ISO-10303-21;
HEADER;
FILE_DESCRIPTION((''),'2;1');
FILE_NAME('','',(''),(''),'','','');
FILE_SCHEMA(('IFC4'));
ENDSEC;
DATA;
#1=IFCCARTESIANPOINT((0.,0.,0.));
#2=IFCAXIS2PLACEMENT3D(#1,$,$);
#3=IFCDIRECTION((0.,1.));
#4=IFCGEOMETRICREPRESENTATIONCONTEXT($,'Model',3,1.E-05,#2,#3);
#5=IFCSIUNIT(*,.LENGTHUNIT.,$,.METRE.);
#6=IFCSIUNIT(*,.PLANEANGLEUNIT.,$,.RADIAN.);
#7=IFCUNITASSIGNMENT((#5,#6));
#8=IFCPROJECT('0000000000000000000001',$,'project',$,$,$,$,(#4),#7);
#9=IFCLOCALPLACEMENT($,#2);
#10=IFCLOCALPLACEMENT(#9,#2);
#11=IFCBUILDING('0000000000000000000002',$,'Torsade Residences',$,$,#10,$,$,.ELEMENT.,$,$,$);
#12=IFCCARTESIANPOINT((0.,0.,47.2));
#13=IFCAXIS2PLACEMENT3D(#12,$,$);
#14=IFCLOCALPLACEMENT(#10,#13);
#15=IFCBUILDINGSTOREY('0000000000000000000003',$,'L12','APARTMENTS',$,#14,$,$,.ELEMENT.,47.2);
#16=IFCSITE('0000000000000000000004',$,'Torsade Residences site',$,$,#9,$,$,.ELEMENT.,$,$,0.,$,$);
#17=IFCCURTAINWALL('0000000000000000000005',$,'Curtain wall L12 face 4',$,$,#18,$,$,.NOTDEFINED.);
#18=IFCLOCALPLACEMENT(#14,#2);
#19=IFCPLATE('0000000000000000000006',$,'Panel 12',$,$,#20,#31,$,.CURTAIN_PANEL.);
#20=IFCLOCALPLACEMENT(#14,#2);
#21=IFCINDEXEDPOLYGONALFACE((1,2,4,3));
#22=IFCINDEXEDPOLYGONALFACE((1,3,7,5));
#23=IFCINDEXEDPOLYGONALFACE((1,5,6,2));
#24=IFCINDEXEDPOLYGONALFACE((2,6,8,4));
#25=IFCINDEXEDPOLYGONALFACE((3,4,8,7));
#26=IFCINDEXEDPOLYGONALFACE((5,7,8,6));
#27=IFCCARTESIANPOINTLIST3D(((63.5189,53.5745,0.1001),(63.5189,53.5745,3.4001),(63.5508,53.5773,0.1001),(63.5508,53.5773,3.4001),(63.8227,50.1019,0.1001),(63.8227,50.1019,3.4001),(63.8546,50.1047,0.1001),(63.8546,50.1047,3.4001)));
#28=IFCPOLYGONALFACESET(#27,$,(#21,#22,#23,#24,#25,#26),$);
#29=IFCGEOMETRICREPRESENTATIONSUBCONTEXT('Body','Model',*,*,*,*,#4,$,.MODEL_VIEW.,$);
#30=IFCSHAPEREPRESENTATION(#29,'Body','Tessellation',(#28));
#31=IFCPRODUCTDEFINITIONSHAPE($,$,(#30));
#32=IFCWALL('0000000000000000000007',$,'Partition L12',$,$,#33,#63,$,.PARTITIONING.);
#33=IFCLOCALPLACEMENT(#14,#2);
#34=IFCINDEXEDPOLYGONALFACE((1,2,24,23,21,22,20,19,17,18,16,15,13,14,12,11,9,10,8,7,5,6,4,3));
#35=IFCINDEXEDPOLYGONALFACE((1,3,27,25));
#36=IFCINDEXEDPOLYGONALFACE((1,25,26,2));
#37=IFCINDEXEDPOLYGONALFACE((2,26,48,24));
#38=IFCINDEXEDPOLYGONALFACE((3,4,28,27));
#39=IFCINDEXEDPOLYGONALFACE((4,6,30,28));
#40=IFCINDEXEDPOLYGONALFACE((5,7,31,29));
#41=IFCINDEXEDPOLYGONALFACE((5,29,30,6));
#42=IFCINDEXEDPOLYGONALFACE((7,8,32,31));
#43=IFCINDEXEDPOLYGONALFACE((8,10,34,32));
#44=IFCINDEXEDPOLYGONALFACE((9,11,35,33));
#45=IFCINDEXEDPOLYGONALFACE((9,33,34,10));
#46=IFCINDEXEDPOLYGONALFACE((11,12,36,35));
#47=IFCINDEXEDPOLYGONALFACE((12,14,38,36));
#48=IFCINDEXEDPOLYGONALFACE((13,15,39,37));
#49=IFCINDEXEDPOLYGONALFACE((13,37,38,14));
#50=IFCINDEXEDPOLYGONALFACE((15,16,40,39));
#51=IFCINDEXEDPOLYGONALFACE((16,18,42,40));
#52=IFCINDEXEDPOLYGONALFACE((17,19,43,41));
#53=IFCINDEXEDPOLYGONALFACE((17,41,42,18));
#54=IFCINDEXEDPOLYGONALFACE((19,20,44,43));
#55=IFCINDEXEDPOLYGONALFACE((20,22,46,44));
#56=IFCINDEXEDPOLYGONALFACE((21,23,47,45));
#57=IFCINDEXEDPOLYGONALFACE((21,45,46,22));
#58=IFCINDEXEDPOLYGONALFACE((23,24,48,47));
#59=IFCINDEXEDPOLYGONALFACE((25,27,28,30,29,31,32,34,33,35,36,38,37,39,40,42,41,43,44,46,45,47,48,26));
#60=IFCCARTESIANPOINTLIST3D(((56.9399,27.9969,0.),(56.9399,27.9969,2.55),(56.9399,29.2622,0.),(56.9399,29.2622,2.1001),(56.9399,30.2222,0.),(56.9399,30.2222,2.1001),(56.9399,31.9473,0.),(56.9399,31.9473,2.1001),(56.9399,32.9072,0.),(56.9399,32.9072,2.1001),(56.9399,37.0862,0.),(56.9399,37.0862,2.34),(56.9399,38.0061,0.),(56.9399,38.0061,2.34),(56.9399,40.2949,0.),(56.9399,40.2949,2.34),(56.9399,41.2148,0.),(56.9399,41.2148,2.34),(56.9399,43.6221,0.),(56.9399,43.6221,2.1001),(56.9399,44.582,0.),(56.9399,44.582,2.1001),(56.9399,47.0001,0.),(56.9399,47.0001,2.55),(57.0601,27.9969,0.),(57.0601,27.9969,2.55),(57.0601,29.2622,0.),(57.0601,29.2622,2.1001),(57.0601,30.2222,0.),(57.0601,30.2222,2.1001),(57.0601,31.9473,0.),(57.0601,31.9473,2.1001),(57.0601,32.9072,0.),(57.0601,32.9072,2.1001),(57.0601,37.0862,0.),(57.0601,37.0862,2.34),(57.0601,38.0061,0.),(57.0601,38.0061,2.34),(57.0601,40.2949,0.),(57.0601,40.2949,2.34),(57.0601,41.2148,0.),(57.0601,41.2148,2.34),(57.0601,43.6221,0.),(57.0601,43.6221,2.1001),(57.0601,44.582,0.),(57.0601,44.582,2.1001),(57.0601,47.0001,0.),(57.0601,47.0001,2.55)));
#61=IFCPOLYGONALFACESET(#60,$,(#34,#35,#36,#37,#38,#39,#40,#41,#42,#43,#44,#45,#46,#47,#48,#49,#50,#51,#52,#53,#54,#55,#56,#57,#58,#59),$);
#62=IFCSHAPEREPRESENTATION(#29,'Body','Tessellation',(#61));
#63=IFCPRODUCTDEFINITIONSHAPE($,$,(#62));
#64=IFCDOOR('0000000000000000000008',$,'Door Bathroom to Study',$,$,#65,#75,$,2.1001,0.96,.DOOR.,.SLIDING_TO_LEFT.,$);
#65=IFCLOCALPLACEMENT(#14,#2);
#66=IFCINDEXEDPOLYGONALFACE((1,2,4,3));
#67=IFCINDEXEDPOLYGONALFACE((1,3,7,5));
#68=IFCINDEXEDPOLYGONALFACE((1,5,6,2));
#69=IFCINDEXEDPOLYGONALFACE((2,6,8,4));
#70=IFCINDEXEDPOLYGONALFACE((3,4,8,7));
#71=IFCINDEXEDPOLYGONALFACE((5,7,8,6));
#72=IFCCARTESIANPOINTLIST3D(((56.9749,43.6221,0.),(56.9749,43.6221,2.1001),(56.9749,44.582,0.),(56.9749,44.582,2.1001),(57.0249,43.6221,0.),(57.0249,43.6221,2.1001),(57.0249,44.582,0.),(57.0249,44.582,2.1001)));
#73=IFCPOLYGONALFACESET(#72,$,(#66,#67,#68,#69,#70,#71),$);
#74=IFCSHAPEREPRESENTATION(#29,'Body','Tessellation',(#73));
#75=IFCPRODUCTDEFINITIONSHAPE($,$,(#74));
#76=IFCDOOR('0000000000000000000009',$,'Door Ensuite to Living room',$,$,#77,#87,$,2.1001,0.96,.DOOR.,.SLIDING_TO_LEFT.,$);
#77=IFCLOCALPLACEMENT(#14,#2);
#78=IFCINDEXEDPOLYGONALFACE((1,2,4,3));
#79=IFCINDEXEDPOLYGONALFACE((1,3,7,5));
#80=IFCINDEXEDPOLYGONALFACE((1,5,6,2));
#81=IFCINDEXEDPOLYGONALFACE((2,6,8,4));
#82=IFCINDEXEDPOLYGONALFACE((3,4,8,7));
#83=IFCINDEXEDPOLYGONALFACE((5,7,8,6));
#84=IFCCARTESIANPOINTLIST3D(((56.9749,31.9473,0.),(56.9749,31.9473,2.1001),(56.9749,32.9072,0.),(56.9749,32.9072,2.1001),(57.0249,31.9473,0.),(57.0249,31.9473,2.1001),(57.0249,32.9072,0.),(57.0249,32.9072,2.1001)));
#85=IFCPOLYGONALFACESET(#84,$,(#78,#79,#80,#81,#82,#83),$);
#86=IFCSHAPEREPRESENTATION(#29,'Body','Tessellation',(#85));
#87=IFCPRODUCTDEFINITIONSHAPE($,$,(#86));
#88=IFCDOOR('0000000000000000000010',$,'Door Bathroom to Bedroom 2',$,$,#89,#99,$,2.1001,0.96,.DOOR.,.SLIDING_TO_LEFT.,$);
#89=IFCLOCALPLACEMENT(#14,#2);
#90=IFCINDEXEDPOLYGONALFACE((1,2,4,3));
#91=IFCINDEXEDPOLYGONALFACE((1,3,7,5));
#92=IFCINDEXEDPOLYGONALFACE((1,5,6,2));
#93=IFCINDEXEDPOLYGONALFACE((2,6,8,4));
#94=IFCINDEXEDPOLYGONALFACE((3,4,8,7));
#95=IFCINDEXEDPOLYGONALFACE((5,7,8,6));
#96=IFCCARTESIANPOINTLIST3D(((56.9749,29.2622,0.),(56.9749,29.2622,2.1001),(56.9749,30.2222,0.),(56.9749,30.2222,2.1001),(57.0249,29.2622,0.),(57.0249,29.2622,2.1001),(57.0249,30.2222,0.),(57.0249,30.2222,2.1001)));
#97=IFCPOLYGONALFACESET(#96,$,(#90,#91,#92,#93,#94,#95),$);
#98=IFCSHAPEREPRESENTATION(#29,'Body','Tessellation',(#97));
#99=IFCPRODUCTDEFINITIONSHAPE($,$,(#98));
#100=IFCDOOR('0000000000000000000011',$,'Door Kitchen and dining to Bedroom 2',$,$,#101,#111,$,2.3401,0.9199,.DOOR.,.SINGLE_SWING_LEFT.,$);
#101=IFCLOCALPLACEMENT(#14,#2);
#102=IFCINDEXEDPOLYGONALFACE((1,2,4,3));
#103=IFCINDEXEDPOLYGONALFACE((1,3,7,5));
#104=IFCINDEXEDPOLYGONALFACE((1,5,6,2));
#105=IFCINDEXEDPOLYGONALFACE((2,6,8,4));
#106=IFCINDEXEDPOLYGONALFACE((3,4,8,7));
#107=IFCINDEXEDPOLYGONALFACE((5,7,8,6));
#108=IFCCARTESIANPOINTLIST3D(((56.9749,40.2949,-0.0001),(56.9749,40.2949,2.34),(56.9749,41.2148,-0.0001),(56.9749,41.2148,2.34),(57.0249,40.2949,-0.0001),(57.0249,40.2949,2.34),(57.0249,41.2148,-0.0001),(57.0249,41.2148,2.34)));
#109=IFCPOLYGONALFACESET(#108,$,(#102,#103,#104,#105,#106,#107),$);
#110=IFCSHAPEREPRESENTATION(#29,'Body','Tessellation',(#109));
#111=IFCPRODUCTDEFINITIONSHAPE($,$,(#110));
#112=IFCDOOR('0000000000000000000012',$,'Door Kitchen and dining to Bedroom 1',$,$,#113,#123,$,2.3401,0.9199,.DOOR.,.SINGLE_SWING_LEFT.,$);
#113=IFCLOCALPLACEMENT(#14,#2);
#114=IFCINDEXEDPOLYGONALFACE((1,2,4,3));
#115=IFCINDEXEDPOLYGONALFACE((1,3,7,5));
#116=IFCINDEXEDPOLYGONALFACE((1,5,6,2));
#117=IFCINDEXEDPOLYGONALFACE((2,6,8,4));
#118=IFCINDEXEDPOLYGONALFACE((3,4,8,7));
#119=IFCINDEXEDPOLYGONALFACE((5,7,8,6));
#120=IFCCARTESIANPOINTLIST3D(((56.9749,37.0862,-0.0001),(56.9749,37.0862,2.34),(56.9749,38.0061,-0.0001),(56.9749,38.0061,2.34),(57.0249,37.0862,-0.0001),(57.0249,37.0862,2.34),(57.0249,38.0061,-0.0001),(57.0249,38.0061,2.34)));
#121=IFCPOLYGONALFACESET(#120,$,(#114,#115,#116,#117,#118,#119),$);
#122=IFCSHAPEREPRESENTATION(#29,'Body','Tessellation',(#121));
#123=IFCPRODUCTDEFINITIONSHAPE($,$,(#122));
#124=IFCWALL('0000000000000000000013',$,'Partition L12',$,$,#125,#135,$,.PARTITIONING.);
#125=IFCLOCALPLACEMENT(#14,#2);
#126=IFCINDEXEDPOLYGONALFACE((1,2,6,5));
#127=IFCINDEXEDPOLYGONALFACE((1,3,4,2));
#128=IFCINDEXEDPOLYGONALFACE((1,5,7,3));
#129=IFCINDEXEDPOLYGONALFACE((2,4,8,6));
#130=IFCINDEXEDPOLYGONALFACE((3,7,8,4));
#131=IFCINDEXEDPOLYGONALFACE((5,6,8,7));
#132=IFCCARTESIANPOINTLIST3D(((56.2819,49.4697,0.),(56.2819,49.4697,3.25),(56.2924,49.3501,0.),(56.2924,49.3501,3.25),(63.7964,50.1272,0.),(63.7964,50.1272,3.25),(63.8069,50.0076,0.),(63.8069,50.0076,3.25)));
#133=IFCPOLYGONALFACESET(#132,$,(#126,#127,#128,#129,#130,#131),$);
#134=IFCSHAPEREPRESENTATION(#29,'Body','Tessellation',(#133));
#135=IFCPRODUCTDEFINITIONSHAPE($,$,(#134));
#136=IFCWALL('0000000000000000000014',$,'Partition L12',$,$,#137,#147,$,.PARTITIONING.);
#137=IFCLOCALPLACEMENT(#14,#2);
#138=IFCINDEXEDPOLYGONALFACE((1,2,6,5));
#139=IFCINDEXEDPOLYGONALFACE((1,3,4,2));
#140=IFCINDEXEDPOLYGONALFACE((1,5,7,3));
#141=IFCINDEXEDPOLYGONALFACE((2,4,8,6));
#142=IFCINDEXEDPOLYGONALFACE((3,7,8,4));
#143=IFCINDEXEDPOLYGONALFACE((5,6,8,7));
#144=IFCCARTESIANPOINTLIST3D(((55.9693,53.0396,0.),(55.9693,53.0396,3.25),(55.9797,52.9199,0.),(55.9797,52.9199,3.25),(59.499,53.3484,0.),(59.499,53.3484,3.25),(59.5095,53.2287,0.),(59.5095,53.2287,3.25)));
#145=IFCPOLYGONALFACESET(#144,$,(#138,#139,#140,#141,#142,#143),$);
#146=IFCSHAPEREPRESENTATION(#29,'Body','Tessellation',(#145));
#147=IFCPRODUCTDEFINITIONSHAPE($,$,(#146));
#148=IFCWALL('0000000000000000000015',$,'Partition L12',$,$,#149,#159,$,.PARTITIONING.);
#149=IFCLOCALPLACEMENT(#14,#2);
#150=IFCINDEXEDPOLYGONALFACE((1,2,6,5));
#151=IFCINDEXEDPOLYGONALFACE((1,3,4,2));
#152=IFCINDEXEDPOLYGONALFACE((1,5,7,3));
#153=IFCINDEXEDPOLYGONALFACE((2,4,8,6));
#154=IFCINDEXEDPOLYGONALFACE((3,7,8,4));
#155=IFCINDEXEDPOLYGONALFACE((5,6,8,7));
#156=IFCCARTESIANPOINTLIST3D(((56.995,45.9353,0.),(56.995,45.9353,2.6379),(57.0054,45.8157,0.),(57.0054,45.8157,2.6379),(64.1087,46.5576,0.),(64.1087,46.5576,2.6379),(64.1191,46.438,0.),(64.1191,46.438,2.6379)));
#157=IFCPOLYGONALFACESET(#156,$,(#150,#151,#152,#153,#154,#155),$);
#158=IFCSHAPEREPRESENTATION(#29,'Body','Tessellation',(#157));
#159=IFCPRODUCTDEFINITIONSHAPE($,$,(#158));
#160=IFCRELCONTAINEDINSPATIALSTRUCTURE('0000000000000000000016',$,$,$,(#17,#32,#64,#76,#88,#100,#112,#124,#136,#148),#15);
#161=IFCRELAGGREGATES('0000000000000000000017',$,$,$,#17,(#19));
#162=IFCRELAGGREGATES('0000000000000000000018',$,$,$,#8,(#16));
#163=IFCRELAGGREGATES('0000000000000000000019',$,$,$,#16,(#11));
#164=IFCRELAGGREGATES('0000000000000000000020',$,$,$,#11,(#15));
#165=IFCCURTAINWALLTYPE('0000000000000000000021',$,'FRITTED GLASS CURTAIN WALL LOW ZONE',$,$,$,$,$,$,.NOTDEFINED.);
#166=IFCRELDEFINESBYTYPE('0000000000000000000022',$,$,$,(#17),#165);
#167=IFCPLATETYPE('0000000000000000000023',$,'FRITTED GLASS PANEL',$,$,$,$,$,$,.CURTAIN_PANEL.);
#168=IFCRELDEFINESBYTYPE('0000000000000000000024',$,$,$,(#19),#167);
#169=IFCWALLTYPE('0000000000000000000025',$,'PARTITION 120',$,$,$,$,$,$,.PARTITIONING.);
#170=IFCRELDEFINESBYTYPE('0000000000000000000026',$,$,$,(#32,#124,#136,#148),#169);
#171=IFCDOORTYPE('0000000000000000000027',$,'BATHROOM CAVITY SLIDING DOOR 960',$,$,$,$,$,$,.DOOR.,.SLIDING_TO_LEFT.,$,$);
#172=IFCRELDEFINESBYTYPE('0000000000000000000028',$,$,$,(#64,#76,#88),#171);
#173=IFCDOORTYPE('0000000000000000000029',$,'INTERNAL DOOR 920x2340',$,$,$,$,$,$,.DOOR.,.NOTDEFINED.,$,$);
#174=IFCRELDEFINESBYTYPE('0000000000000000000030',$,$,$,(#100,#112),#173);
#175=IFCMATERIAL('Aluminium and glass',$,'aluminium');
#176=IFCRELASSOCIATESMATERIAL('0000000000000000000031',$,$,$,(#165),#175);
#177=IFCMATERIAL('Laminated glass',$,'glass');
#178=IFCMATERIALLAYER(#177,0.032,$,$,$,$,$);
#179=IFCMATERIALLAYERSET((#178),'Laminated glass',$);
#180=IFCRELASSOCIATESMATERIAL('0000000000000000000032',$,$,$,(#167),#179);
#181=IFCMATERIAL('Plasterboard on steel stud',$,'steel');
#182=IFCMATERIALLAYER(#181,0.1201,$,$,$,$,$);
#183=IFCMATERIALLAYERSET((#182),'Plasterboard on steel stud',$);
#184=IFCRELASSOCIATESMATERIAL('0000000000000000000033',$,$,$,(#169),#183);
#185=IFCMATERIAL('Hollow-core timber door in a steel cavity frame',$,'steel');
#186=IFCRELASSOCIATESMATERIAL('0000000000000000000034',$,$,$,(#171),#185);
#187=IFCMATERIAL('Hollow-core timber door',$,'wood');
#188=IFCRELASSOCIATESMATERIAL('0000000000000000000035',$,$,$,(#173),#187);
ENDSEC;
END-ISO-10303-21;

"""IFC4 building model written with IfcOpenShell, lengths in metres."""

from ifc_helpers import new_model, si_unit, direction, frame, frame_2d, origin, origin_2d, place, context, subcontext, project, spatial, rectangle, extrude, material, layer, layer_set, type_object, element, fill, aggregate, save


model = new_model("IFC4")

# Units and contexts
model_context = context("Model", 3, precision=1e-05, world=origin(), true_north=direction((0.0, 1.0)))
body_context = subcontext(model_context, "Body", "Model", "MODEL_VIEW")
ifc_project = project(units=[si_unit("LENGTHUNIT", "METRE"), si_unit("PLANEANGLEUNIT", "RADIAN")], contexts=[model_context])

# Site, building, storey
site_placement = place(None, origin())
site = spatial("IfcSite", under=ifc_project, at=site_placement, Name="Torsade Residences site", CompositionType="ELEMENT", RefElevation=0.0)
building_placement = place(site_placement, origin())
building = spatial("IfcBuilding", under=site, at=building_placement, Name="Torsade Residences", CompositionType="ELEMENT")
storey_placement = place(building_placement, frame((0.0, 0.0, 47.2)))
storey = spatial("IfcBuildingStorey", under=building, at=storey_placement, Name="L12", Description="APARTMENTS", CompositionType="ELEMENT", Elevation=47.2)

# Curtain wall
ifc_material_1 = material(Name="Aluminium and glass", Category="aluminium")
curtain_wall_type = type_object("IfcCurtainWallType", Name="FRITTED GLASS CURTAIN WALL LOW ZONE", PredefinedType="NOTDEFINED", material=ifc_material_1)
curtain_wall_placement = place(storey_placement, origin())
curtain_wall = element("IfcCurtainWall", 1, at=curtain_wall_placement, inside=storey, type_object=curtain_wall_type, Name="Curtain wall L12 face 4", PredefinedType="NOTDEFINED")

# Plate
ifc_material_2 = material(Name="Laminated glass", Category="glass")
ifc_layer_1 = layer(ifc_material_2, 0.032)
ifc_layer_set_1 = layer_set([ifc_layer_1], Name="Laminated glass")
plate_type = type_object("IfcPlateType", Name="FRITTED GLASS PANEL", PredefinedType="CURTAIN_PANEL", material=ifc_layer_set_1)
plate_1_placement = place(storey_placement, frame((63.6868, 51.8396, 0.1001), z_axis=(0.0, 0.0, 1.0), x_axis=(-0.087156, 0.996195, 0.0)))
plate_1 = element("IfcPlate", 2, at=plate_1_placement, type_object=plate_type, Name="Panel 12", PredefinedType="CURTAIN_PANEL", context=body_context, shape_type="SweptSolid", body=[
    extrude(rectangle(XDim=3.4858, YDim=0.032, at=origin_2d()), origin(), (0.0, 0.0, 1.0), 3.3),
])
aggregate(curtain_wall, [plate_1])

# Wall, openings, doors
ifc_material_3 = material(Name="Plasterboard on steel stud", Category="steel")
ifc_layer_2 = layer(ifc_material_3, 0.1201)
ifc_layer_set_2 = layer_set([ifc_layer_2], Name="Plasterboard on steel stud")
wall_type_1 = type_object("IfcWallType", Name="PARTITION 120", PredefinedType="PARTITIONING", material=ifc_layer_set_2)
wall_1_placement = place(storey_placement, frame((57.0, 47.0, 0.0), z_axis=(0.0, 0.0, 1.0), x_axis=(0.0, -1.0, 0.0)))
wall_1 = element("IfcWall", 3, at=wall_1_placement, inside=storey, type_object=wall_type_1, Name="Partition L12", PredefinedType="PARTITIONING", context=body_context, shape_type="SweptSolid", body=[
    extrude(rectangle(XDim=19.0032, YDim=0.1201, at=frame_2d((9.5015, 0.0))), origin(), (0.0, 0.0, 1.0), 2.55),
])
opening_1_placement = place(wall_1_placement, frame((5.7852, 0.0, 0.0)))
opening_1 = element("IfcOpeningElement", 4, at=opening_1_placement, cuts=wall_1, PredefinedType="OPENING", context=body_context, shape_type="SweptSolid", body=[
    extrude(rectangle(XDim=0.9199, YDim=2.3401, at=frame_2d((0.46, 1.1699))), frame((0.0, 0.0701, 0.0), z_axis=(0.0, -1.0, 0.0), x_axis=(1.0, 0.0, 0.0)), (0.0, 0.0, 1.0), 0.1401),
])
opening_2_placement = place(wall_1_placement, frame((8.9939, 0.0, 0.0)))
opening_2 = element("IfcOpeningElement", 5, at=opening_2_placement, cuts=wall_1, PredefinedType="OPENING", context=body_context, shape_type="SweptSolid", body=[
    extrude(rectangle(XDim=0.9199, YDim=2.3401, at=frame_2d((0.46, 1.1699))), frame((0.0, 0.0701, 0.0), z_axis=(0.0, -1.0, 0.0), x_axis=(1.0, 0.0, 0.0)), (0.0, 0.0, 1.0), 0.1401),
])
opening_3_placement = place(wall_1_placement, frame((2.418, 0.0, 0.0)))
opening_3 = element("IfcOpeningElement", 6, at=opening_3_placement, cuts=wall_1, PredefinedType="OPENING", context=body_context, shape_type="SweptSolid", body=[
    extrude(rectangle(XDim=0.96, YDim=2.1001, at=frame_2d((0.48, 1.05))), frame((0.0, 0.0701, 0.0), z_axis=(0.0, -1.0, 0.0), x_axis=(1.0, 0.0, 0.0)), (0.0, 0.0, 1.0), 0.1401),
])
opening_4_placement = place(wall_1_placement, frame((14.0928, 0.0, 0.0)))
opening_4 = element("IfcOpeningElement", 7, at=opening_4_placement, cuts=wall_1, PredefinedType="OPENING", context=body_context, shape_type="SweptSolid", body=[
    extrude(rectangle(XDim=0.96, YDim=2.1001, at=frame_2d((0.48, 1.05))), frame((0.0, 0.0701, 0.0), z_axis=(0.0, -1.0, 0.0), x_axis=(1.0, 0.0, 0.0)), (0.0, 0.0, 1.0), 0.1401),
])
opening_5_placement = place(wall_1_placement, frame((16.7778, 0.0, 0.0)))
opening_5 = element("IfcOpeningElement", 8, at=opening_5_placement, cuts=wall_1, PredefinedType="OPENING", context=body_context, shape_type="SweptSolid", body=[
    extrude(rectangle(XDim=0.96, YDim=2.1001, at=frame_2d((0.48, 1.05))), frame((0.0, 0.0701, 0.0), z_axis=(0.0, -1.0, 0.0), x_axis=(1.0, 0.0, 0.0)), (0.0, 0.0, 1.0), 0.1401),
])
ifc_material_4 = material(Name="Hollow-core timber door in a steel cavity frame", Category="steel")
door_type_1 = type_object("IfcDoorType", Name="BATHROOM CAVITY SLIDING DOOR 960", OperationType="SLIDING_TO_LEFT", PredefinedType="DOOR", material=ifc_material_4)
door_1_placement = place(opening_3_placement, origin())
door_1 = element("IfcDoor", 9, at=door_1_placement, inside=storey, type_object=door_type_1, Name="Door Bathroom to Study", OperationType="SLIDING_TO_LEFT", OverallHeight=2.1001, OverallWidth=0.96, PredefinedType="DOOR", context=body_context, shape_type="SweptSolid", body=[
    extrude(rectangle(XDim=0.96, YDim=2.1001, at=frame_2d((0.48, 1.05))), frame((0.0, 0.0249, 0.0), z_axis=(0.0, -1.0, 0.0), x_axis=(1.0, 0.0, 0.0)), (0.0, 0.0, 1.0), 0.05),
])
fill(opening_3, door_1)
door_2_placement = place(opening_4_placement, origin())
door_2 = element("IfcDoor", 10, at=door_2_placement, inside=storey, type_object=door_type_1, Name="Door Ensuite to Living room", OperationType="SLIDING_TO_LEFT", OverallHeight=2.1001, OverallWidth=0.96, PredefinedType="DOOR", context=body_context, shape_type="SweptSolid", body=[
    extrude(rectangle(XDim=0.96, YDim=2.1001, at=frame_2d((0.48, 1.05))), frame((0.0, 0.0249, 0.0), z_axis=(0.0, -1.0, 0.0), x_axis=(1.0, 0.0, 0.0)), (0.0, 0.0, 1.0), 0.05),
])
fill(opening_4, door_2)
door_3_placement = place(opening_5_placement, origin())
door_3 = element("IfcDoor", 11, at=door_3_placement, inside=storey, type_object=door_type_1, Name="Door Bathroom to Bedroom 2", OperationType="SLIDING_TO_LEFT", OverallHeight=2.1001, OverallWidth=0.96, PredefinedType="DOOR", context=body_context, shape_type="SweptSolid", body=[
    extrude(rectangle(XDim=0.96, YDim=2.1001, at=frame_2d((0.48, 1.05))), frame((0.0, 0.0249, 0.0), z_axis=(0.0, -1.0, 0.0), x_axis=(1.0, 0.0, 0.0)), (0.0, 0.0, 1.0), 0.05),
])
fill(opening_5, door_3)
ifc_material_5 = material(Name="Hollow-core timber door", Category="wood")
door_type_2 = type_object("IfcDoorType", Name="INTERNAL DOOR 920x2340", OperationType="NOTDEFINED", PredefinedType="DOOR", material=ifc_material_5)
door_4_placement = place(opening_1_placement, origin())
door_4 = element("IfcDoor", 12, at=door_4_placement, inside=storey, type_object=door_type_2, Name="Door Kitchen and dining to Bedroom 2", OperationType="SINGLE_SWING_LEFT", OverallHeight=2.3401, OverallWidth=0.9199, PredefinedType="DOOR", context=body_context, shape_type="SweptSolid", body=[
    extrude(rectangle(XDim=0.9199, YDim=2.3401, at=frame_2d((0.46, 1.1699))), frame((0.0, 0.0249, 0.0), z_axis=(0.0, -1.0, 0.0), x_axis=(1.0, 0.0, 0.0)), (0.0, 0.0, 1.0), 0.05),
])
fill(opening_1, door_4)
door_5_placement = place(opening_2_placement, origin())
door_5 = element("IfcDoor", 13, at=door_5_placement, inside=storey, type_object=door_type_2, Name="Door Kitchen and dining to Bedroom 1", OperationType="SINGLE_SWING_LEFT", OverallHeight=2.3401, OverallWidth=0.9199, PredefinedType="DOOR", context=body_context, shape_type="SweptSolid", body=[
    extrude(rectangle(XDim=0.9199, YDim=2.3401, at=frame_2d((0.46, 1.1699))), frame((0.0, 0.0249, 0.0), z_axis=(0.0, -1.0, 0.0), x_axis=(1.0, 0.0, 0.0)), (0.0, 0.0, 1.0), 0.05),
])
fill(opening_2, door_5)

# Walls
wall_2_placement = place(storey_placement, frame((63.8015, 50.0674, 0.0), z_axis=(0.0, 0.0, 1.0), x_axis=(-0.996194, -0.087162, 0.0)))
element("IfcWall", 14, at=wall_2_placement, inside=storey, type_object=wall_type_1, Name="Partition L12", PredefinedType="PARTITIONING", context=body_context, shape_type="SweptSolid", body=[
    extrude(rectangle(XDim=7.5432, YDim=0.1201, at=frame_2d((3.7715, 0.0))), origin(), (0.0, 0.0, 1.0), 3.25),
])
wall_3_placement = place(storey_placement, frame((55.9746, 52.9797, 0.0), z_axis=(0.0, 0.0, 1.0), x_axis=(0.996194, 0.087162, 0.0)))
element("IfcWall", 15, at=wall_3_placement, inside=storey, type_object=wall_type_1, Name="Partition L12", PredefinedType="PARTITIONING", context=body_context, shape_type="SweptSolid", body=[
    extrude(rectangle(XDim=3.5432, YDim=0.1201, at=frame_2d((1.7715, 0.0))), origin(), (0.0, 0.0, 1.0), 3.25),
])
wall_4_placement = place(storey_placement, frame((64.1138, 46.4978, 0.0), z_axis=(0.0, 0.0, 1.0), x_axis=(-0.996195, -0.087147, 0.0)))
element("IfcWall", 16, at=wall_4_placement, inside=storey, type_object=wall_type_1, Name="Partition L12", PredefinedType="PARTITIONING", context=body_context, shape_type="SweptSolid", body=[
    extrude(rectangle(XDim=7.1409, YDim=0.1201, at=frame_2d((3.5703, 0.0))), origin(), (0.0, 0.0, 1.0), 2.6379),
])

save(model, "model.ifc")
